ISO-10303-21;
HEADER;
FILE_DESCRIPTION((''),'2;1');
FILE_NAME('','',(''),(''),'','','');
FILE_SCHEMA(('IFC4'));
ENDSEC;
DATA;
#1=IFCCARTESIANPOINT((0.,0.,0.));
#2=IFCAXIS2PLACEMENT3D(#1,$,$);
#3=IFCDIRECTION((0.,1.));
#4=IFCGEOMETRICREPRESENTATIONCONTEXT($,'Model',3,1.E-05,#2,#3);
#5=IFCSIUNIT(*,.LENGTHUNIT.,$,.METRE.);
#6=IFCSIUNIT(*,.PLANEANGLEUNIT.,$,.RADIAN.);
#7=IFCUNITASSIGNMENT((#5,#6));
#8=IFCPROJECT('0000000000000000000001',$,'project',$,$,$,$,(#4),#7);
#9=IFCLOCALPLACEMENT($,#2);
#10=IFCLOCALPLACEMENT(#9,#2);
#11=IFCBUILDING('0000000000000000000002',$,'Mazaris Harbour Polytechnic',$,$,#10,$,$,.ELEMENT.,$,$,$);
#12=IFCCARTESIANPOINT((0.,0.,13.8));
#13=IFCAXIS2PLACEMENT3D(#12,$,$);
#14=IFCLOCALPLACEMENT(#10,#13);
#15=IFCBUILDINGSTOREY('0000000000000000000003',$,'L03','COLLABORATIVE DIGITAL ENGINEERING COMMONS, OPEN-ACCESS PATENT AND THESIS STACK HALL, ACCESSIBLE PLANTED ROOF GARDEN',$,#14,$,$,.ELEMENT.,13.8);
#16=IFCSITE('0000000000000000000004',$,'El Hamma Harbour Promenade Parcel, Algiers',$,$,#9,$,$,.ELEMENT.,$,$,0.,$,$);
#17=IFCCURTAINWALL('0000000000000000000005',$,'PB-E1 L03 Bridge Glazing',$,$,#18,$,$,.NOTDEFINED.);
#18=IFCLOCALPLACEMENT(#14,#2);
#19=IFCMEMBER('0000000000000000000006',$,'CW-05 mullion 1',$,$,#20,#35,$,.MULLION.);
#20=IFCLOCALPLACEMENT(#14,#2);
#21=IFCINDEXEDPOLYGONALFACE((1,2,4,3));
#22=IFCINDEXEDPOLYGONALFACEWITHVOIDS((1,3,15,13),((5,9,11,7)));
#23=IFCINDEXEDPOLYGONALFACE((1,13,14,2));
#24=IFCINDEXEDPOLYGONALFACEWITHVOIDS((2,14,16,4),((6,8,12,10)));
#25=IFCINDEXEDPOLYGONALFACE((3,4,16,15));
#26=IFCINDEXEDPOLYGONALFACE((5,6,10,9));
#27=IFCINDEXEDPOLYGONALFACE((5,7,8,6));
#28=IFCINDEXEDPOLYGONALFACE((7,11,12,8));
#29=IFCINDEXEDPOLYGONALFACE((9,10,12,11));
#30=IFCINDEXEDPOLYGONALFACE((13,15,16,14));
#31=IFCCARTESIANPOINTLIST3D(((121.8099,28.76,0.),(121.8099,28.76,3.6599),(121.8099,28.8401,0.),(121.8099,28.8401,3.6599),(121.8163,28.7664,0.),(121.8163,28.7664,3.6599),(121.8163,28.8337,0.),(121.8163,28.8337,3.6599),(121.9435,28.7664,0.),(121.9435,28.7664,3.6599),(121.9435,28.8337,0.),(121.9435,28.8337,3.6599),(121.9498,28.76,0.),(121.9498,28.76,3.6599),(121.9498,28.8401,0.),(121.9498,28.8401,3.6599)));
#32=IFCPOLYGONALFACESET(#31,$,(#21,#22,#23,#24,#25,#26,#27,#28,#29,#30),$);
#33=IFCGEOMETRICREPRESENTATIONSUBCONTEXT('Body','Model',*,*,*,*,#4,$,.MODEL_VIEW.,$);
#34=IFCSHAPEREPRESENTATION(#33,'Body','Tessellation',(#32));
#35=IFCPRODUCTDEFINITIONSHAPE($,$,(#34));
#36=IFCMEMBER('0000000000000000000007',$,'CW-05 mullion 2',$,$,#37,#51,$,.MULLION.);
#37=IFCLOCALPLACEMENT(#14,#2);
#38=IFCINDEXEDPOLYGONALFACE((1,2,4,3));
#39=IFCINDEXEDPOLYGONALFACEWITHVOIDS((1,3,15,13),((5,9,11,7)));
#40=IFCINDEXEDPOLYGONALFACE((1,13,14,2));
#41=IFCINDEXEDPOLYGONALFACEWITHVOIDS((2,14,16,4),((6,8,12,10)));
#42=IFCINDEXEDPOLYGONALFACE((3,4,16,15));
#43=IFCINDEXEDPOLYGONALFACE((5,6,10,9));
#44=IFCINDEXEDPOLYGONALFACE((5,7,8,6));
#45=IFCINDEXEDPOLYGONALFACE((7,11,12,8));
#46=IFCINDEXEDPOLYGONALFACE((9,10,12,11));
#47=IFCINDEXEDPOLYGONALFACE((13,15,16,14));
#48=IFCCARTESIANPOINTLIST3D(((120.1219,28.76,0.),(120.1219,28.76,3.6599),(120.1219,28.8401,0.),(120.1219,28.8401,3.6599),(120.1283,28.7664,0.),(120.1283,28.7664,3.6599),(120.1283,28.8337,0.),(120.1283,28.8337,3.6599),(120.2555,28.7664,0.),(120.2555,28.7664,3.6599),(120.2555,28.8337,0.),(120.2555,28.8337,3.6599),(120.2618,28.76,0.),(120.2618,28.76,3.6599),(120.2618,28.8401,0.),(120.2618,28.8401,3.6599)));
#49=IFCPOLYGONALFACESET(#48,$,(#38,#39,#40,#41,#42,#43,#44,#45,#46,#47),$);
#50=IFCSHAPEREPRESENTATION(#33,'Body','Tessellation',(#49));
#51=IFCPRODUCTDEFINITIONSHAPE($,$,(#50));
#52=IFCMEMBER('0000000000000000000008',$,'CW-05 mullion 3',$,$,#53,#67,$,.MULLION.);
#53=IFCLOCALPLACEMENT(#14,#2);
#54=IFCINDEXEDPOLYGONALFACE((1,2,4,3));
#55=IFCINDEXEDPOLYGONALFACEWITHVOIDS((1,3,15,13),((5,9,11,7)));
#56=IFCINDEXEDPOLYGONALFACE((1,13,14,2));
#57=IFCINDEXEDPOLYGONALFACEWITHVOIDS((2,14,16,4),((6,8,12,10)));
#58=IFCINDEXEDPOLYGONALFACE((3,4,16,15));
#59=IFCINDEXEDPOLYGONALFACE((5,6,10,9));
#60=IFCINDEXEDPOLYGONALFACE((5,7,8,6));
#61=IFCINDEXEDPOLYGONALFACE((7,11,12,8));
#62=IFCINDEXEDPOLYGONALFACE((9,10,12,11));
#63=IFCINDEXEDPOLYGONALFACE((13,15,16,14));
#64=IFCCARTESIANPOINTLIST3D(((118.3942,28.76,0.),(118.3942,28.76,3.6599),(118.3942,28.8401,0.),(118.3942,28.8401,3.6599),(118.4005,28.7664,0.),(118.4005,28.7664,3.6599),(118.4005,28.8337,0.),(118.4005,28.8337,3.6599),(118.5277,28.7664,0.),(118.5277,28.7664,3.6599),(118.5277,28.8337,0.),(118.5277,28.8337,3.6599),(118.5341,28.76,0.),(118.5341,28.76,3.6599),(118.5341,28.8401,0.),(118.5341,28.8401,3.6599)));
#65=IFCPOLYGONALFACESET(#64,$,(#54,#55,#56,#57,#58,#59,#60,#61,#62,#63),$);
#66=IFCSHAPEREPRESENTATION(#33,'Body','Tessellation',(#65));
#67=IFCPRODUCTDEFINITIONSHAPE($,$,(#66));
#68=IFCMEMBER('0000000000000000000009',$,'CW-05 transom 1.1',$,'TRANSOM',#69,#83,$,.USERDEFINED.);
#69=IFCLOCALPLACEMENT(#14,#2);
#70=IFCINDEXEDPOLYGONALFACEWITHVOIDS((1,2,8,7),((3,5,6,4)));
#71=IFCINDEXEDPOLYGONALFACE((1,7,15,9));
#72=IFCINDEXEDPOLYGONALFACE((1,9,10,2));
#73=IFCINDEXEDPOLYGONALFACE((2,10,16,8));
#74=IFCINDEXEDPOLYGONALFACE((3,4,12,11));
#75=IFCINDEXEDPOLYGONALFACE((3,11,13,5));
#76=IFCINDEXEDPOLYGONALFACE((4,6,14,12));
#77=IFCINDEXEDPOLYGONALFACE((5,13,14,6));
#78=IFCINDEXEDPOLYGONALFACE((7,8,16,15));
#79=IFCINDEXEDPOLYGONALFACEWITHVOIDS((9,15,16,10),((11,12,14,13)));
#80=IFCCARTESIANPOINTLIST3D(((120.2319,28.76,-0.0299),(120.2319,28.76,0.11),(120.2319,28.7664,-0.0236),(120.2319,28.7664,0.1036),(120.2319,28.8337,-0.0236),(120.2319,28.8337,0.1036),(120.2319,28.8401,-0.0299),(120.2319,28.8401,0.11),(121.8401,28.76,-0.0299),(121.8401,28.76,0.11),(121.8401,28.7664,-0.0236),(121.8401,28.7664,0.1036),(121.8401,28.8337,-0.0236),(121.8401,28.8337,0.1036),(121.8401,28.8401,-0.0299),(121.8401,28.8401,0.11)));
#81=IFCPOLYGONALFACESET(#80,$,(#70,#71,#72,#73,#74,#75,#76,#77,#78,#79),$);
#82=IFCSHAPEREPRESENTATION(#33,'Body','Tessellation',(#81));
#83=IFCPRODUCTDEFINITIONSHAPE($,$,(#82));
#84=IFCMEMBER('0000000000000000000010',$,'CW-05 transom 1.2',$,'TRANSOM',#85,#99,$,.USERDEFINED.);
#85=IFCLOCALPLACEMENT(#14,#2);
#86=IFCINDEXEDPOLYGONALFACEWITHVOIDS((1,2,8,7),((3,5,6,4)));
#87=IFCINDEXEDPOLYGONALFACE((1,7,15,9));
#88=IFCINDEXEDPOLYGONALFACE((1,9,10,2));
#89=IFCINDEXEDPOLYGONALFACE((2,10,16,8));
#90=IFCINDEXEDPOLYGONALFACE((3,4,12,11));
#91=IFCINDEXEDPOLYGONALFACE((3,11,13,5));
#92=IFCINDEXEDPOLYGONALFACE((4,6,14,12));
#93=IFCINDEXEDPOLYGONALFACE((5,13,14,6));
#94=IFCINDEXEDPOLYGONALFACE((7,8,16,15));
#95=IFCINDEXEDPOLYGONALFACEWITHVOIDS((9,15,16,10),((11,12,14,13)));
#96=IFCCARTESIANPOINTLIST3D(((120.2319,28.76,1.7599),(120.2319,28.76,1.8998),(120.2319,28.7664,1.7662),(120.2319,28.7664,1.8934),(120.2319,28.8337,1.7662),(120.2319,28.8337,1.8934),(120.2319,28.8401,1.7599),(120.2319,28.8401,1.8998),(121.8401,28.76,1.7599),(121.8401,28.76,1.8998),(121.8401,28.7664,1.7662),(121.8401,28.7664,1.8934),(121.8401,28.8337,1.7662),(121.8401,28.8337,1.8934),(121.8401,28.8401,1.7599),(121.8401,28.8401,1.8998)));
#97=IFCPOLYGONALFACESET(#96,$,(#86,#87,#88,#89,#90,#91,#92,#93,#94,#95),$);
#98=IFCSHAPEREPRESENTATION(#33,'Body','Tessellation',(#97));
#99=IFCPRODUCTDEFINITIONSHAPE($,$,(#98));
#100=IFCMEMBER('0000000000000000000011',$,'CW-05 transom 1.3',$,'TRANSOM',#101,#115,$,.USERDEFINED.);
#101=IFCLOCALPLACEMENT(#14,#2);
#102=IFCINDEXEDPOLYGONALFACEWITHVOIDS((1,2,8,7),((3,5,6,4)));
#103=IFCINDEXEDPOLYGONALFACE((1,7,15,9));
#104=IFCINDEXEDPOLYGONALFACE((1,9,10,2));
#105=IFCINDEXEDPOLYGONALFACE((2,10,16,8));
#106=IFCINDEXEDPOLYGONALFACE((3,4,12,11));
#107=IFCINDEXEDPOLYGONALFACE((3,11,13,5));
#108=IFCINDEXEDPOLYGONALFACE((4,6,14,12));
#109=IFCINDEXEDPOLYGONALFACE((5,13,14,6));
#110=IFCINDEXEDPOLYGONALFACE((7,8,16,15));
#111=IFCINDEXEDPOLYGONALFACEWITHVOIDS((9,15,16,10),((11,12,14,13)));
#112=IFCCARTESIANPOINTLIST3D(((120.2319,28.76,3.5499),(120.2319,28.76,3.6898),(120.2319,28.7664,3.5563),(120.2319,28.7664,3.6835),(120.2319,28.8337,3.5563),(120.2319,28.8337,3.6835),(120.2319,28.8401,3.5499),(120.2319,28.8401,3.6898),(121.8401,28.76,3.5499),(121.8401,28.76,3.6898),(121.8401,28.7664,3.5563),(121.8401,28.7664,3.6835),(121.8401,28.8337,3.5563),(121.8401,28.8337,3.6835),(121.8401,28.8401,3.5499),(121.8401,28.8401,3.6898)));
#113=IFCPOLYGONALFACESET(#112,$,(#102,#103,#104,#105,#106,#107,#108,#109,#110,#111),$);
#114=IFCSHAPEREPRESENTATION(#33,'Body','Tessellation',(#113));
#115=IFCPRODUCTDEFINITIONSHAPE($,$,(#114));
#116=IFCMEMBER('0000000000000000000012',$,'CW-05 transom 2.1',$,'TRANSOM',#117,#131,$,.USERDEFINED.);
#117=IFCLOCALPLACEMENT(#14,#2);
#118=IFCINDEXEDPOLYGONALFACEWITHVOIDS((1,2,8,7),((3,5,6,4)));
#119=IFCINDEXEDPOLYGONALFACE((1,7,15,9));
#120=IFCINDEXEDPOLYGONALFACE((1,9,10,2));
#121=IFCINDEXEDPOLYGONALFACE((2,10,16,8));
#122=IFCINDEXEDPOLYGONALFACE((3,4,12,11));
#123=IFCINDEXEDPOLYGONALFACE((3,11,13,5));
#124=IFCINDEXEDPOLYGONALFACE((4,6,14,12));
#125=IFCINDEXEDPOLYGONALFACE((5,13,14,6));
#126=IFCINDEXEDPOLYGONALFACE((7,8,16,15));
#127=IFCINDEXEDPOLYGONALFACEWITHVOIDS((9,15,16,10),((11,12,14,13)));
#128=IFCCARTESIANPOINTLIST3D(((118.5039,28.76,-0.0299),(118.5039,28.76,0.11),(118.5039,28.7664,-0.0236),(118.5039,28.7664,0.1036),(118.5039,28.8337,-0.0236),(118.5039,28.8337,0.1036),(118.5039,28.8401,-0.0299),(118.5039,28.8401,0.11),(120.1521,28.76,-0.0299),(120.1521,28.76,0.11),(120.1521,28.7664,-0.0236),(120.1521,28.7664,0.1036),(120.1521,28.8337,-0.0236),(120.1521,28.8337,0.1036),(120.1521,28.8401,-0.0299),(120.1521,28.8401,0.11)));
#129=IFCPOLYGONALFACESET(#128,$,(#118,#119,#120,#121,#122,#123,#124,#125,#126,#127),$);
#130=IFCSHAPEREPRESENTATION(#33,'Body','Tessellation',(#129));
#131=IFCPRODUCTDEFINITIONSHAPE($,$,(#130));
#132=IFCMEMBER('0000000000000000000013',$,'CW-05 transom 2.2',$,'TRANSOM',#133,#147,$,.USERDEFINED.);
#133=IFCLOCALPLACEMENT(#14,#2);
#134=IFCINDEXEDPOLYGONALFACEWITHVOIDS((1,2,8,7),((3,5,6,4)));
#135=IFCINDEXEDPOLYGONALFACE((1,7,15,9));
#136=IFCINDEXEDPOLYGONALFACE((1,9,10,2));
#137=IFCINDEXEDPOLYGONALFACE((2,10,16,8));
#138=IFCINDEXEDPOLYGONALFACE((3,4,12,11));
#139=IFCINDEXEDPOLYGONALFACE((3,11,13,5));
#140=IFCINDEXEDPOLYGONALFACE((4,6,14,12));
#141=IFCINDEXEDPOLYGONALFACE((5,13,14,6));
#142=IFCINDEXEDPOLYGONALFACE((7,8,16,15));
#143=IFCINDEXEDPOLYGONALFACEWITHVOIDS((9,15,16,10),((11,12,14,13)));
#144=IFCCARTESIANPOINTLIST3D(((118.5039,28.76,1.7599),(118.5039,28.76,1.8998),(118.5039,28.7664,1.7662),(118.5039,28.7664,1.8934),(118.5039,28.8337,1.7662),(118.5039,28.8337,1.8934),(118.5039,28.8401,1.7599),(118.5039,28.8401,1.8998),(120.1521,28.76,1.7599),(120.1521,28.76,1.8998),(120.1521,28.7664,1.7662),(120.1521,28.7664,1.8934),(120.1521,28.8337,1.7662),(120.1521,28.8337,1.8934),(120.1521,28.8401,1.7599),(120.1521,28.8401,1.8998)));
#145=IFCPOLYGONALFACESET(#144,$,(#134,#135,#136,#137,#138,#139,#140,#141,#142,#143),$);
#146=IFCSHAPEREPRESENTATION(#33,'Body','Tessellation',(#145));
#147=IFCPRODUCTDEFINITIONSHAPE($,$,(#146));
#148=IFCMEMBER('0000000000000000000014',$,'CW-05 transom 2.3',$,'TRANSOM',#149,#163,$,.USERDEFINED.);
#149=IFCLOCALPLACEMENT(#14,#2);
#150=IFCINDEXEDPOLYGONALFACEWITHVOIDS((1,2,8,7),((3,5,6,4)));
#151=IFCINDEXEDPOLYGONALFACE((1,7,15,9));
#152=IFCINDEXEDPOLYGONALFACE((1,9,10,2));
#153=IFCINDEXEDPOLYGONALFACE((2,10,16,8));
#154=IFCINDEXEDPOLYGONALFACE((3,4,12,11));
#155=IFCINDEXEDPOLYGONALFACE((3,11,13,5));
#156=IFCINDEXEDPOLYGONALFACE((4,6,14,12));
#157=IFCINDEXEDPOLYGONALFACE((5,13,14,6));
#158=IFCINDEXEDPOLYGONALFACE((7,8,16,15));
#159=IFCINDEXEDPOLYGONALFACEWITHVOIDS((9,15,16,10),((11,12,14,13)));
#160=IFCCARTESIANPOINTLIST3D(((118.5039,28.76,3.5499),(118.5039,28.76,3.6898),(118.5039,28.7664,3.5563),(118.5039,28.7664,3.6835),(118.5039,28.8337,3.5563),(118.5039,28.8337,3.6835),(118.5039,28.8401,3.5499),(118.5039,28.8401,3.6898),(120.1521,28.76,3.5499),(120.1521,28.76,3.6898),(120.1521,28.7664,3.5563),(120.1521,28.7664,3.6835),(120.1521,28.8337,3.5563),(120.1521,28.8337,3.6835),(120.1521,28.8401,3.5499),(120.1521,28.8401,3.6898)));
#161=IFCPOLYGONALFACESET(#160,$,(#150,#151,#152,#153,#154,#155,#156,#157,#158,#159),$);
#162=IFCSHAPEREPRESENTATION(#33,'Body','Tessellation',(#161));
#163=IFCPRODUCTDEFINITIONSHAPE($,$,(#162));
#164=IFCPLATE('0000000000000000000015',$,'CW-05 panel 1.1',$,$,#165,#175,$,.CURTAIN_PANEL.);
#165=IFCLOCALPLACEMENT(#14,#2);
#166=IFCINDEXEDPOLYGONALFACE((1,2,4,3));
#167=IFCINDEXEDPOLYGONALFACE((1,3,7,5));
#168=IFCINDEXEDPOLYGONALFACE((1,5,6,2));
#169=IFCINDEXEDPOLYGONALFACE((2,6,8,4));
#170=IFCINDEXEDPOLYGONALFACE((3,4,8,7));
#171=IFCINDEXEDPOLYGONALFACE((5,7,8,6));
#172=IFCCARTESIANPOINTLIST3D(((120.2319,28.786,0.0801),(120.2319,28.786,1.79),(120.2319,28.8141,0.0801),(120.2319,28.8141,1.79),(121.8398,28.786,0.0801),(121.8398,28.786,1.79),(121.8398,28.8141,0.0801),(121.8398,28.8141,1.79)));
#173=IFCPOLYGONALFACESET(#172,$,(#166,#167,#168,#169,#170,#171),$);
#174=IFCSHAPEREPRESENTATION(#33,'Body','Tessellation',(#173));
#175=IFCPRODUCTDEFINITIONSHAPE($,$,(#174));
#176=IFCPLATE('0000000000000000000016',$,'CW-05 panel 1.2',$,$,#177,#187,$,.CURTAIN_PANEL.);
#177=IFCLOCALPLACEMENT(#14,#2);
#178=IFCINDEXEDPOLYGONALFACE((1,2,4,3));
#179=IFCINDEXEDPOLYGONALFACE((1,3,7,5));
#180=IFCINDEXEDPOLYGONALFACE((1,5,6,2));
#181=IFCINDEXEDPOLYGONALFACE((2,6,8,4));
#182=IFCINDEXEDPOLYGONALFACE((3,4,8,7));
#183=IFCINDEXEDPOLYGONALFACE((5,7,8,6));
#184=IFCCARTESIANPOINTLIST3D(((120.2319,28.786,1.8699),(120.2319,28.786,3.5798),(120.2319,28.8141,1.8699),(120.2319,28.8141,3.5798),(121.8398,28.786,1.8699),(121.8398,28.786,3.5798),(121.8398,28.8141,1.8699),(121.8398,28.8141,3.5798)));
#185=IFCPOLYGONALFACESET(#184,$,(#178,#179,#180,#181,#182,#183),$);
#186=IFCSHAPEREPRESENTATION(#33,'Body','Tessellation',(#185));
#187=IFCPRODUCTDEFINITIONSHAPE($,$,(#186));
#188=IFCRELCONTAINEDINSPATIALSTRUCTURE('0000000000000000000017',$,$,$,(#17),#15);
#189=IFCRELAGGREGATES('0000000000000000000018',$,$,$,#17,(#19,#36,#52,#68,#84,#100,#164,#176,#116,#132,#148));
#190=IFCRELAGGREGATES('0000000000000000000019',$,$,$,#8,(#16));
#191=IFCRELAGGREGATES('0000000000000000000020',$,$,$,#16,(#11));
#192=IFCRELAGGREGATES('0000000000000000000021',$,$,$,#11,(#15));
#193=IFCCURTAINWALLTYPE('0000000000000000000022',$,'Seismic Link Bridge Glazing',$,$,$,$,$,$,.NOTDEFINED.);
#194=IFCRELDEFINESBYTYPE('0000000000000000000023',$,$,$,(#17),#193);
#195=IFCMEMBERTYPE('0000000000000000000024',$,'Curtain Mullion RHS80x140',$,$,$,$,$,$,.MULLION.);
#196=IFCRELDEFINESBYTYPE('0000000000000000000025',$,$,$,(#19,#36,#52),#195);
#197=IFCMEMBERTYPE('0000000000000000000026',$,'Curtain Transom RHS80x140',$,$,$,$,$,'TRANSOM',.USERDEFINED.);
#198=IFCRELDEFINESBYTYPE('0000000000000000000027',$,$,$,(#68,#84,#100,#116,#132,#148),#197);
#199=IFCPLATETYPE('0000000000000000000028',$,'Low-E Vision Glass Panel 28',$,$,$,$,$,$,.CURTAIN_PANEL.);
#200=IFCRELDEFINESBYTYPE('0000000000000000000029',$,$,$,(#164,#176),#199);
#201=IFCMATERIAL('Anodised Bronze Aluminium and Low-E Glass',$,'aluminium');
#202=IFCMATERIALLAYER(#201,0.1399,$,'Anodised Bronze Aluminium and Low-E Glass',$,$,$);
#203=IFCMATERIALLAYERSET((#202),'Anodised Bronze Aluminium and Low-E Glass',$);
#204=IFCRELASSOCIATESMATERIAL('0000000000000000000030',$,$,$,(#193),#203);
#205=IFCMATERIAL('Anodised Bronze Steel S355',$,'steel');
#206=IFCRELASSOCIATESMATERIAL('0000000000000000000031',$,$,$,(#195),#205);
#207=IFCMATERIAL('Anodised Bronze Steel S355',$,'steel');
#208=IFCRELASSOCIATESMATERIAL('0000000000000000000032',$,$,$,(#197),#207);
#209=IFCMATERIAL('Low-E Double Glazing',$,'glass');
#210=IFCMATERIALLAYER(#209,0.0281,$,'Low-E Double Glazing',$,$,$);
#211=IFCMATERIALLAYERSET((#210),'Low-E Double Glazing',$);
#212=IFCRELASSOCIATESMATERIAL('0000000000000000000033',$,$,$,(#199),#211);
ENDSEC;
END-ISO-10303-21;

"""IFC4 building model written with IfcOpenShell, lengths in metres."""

from ifc_helpers import new_model, si_unit, direction, frame, origin, origin_2d, place, context, subcontext, project, spatial, rectangle, hollow_rectangle, extrude, material, layer, layer_set, material_profile, profile_set, type_object, element, aggregate, save


model = new_model("IFC4")

# Units and contexts
model_context = context("Model", 3, precision=1e-05, world=origin(), true_north=direction((0.0, 1.0)))
body_context = subcontext(model_context, "Body", "Model", "MODEL_VIEW")
ifc_project = project(units=[si_unit("LENGTHUNIT", "METRE"), si_unit("PLANEANGLEUNIT", "RADIAN")], contexts=[model_context])

# Site, building, storey
site_placement = place(None, origin())
site = spatial("IfcSite", under=ifc_project, at=site_placement, Name="El Hamma Harbour Promenade Parcel, Algiers", CompositionType="ELEMENT", RefElevation=0.0)
building_placement = place(site_placement, origin())
building = spatial("IfcBuilding", under=site, at=building_placement, Name="Mazaris Harbour Polytechnic", CompositionType="ELEMENT")
storey_placement = place(building_placement, frame((0.0, 0.0, 13.8)))
storey = spatial("IfcBuildingStorey", under=building, at=storey_placement, Name="L03", Description="COLLABORATIVE DIGITAL ENGINEERING COMMONS, OPEN-ACCESS PATENT AND THESIS STACK HALL, ACCESSIBLE PLANTED ROOF GARDEN", CompositionType="ELEMENT", Elevation=13.8)

# Curtain wall, members, plates
ifc_material_1 = material(Name="Anodised Bronze Aluminium and Low-E Glass", Category="aluminium")
ifc_layer_1 = layer(ifc_material_1, 0.1399, Name="Anodised Bronze Aluminium and Low-E Glass")
ifc_layer_set_1 = layer_set([ifc_layer_1], Name="Anodised Bronze Aluminium and Low-E Glass")
curtain_wall_type = type_object("IfcCurtainWallType", Name="Seismic Link Bridge Glazing", PredefinedType="NOTDEFINED", material=ifc_layer_set_1)
curtain_wall_placement = place(storey_placement, origin())
curtain_wall = element("IfcCurtainWall", 1, at=curtain_wall_placement, inside=storey, type_object=curtain_wall_type, Name="PB-E1 L03 Bridge Glazing", PredefinedType="NOTDEFINED")
ifc_material_2 = material(Name="Anodised Bronze Steel S355", Category="steel")
ifc_material_profile_1 = material_profile(ifc_material_2, hollow_rectangle(XDim=0.0801, YDim=0.1399, WallThickness=0.0063, at=origin_2d()), Name="RHS 80x140x6.3")
ifc_profile_set_1 = profile_set([ifc_material_profile_1], Name="Anodised Bronze Steel S355")
member_type_1 = type_object("IfcMemberType", Name="Curtain Mullion RHS80x140", PredefinedType="MULLION", material=ifc_profile_set_1)
member_1_placement = place(storey_placement, frame((121.8799, 28.8, 0.0), z_axis=(0.0, 0.0, 1.0), x_axis=(0.0, -1.0, 0.0)))
member_1 = element("IfcMember", 2, at=member_1_placement, type_object=member_type_1, Name="CW-05 mullion 1", PredefinedType="MULLION", context=body_context, shape_type="SweptSolid", body=[
    extrude(hollow_rectangle(XDim=0.0801, YDim=0.1399, WallThickness=0.0063, at=origin_2d()), origin(), (0.0, 0.0, 1.0), 3.6599),
])
member_2_placement = place(storey_placement, frame((120.1919, 28.8, 0.0), z_axis=(0.0, 0.0, 1.0), x_axis=(0.0, -1.0, 0.0)))
member_2 = element("IfcMember", 3, at=member_2_placement, type_object=member_type_1, Name="CW-05 mullion 2", PredefinedType="MULLION", context=body_context, shape_type="SweptSolid", body=[
    extrude(hollow_rectangle(XDim=0.0801, YDim=0.1399, WallThickness=0.0063, at=origin_2d()), origin(), (0.0, 0.0, 1.0), 3.6599),
])
member_3_placement = place(storey_placement, frame((118.4641, 28.8, 0.0), z_axis=(0.0, 0.0, 1.0), x_axis=(0.0, -1.0, 0.0)))
member_3 = element("IfcMember", 4, at=member_3_placement, type_object=member_type_1, Name="CW-05 mullion 3", PredefinedType="MULLION", context=body_context, shape_type="SweptSolid", body=[
    extrude(hollow_rectangle(XDim=0.0801, YDim=0.1399, WallThickness=0.0063, at=origin_2d()), origin(), (0.0, 0.0, 1.0), 3.6599),
])
ifc_material_3 = material(Name="Anodised Bronze Steel S355", Category="steel")
ifc_material_profile_2 = material_profile(ifc_material_3, hollow_rectangle(XDim=0.0801, YDim=0.1399, WallThickness=0.0063, at=origin_2d()), Name="RHS 80x140x6.3")
ifc_profile_set_2 = profile_set([ifc_material_profile_2], Name="Anodised Bronze Steel S355")
member_type_2 = type_object("IfcMemberType", Name="Curtain Transom RHS80x140", ElementType="TRANSOM", PredefinedType="USERDEFINED", material=ifc_profile_set_2)
member_4_placement = place(storey_placement, frame((121.8401, 28.8, 0.04), z_axis=(-1.0, 0.0, 0.0), x_axis=(0.0, -1.0, 0.0)))
member_4 = element("IfcMember", 5, at=member_4_placement, type_object=member_type_2, Name="CW-05 transom 1.1", ObjectType="TRANSOM", PredefinedType="USERDEFINED", context=body_context, shape_type="SweptSolid", body=[
    extrude(hollow_rectangle(XDim=0.0801, YDim=0.1399, WallThickness=0.0063, at=origin_2d()), origin(), (0.0, 0.0, 1.0), 1.6082),
])
member_5_placement = place(storey_placement, frame((121.8401, 28.8, 1.8298), z_axis=(-1.0, 0.0, 0.0), x_axis=(0.0, -1.0, 0.0)))
member_5 = element("IfcMember", 6, at=member_5_placement, type_object=member_type_2, Name="CW-05 transom 1.2", ObjectType="TRANSOM", PredefinedType="USERDEFINED", context=body_context, shape_type="SweptSolid", body=[
    extrude(hollow_rectangle(XDim=0.0801, YDim=0.1399, WallThickness=0.0063, at=origin_2d()), origin(), (0.0, 0.0, 1.0), 1.6082),
])
member_6_placement = place(storey_placement, frame((121.8401, 28.8, 3.6199), z_axis=(-1.0, 0.0, 0.0), x_axis=(0.0, -1.0, 0.0)))
member_6 = element("IfcMember", 7, at=member_6_placement, type_object=member_type_2, Name="CW-05 transom 1.3", ObjectType="TRANSOM", PredefinedType="USERDEFINED", context=body_context, shape_type="SweptSolid", body=[
    extrude(hollow_rectangle(XDim=0.0801, YDim=0.1399, WallThickness=0.0063, at=origin_2d()), origin(), (0.0, 0.0, 1.0), 1.6082),
])
member_7_placement = place(storey_placement, frame((120.1521, 28.8, 0.04), z_axis=(-1.0, 0.0, 0.0), x_axis=(0.0, -1.0, 0.0)))
member_7 = element("IfcMember", 8, at=member_7_placement, type_object=member_type_2, Name="CW-05 transom 2.1", ObjectType="TRANSOM", PredefinedType="USERDEFINED", context=body_context, shape_type="SweptSolid", body=[
    extrude(hollow_rectangle(XDim=0.0801, YDim=0.1399, WallThickness=0.0063, at=origin_2d()), origin(), (0.0, 0.0, 1.0), 1.6482),
])
member_8_placement = place(storey_placement, frame((120.1521, 28.8, 1.8298), z_axis=(-1.0, 0.0, 0.0), x_axis=(0.0, -1.0, 0.0)))
member_8 = element("IfcMember", 9, at=member_8_placement, type_object=member_type_2, Name="CW-05 transom 2.2", ObjectType="TRANSOM", PredefinedType="USERDEFINED", context=body_context, shape_type="SweptSolid", body=[
    extrude(hollow_rectangle(XDim=0.0801, YDim=0.1399, WallThickness=0.0063, at=origin_2d()), origin(), (0.0, 0.0, 1.0), 1.6482),
])
member_9_placement = place(storey_placement, frame((120.1521, 28.8, 3.6199), z_axis=(-1.0, 0.0, 0.0), x_axis=(0.0, -1.0, 0.0)))
member_9 = element("IfcMember", 10, at=member_9_placement, type_object=member_type_2, Name="CW-05 transom 2.3", ObjectType="TRANSOM", PredefinedType="USERDEFINED", context=body_context, shape_type="SweptSolid", body=[
    extrude(hollow_rectangle(XDim=0.0801, YDim=0.1399, WallThickness=0.0063, at=origin_2d()), origin(), (0.0, 0.0, 1.0), 1.6482),
])
ifc_material_4 = material(Name="Low-E Double Glazing", Category="glass")
ifc_layer_2 = layer(ifc_material_4, 0.0281, Name="Low-E Double Glazing")
ifc_layer_set_2 = layer_set([ifc_layer_2], Name="Low-E Double Glazing")
plate_type = type_object("IfcPlateType", Name="Low-E Vision Glass Panel 28", PredefinedType="CURTAIN_PANEL", material=ifc_layer_set_2)
plate_1_placement = place(storey_placement, frame((121.0359, 28.8, 0.0801), z_axis=(0.0, 0.0, 1.0), x_axis=(-1.0, 0.0, 0.0)))
plate_1 = element("IfcPlate", 11, at=plate_1_placement, type_object=plate_type, Name="CW-05 panel 1.1", PredefinedType="CURTAIN_PANEL", context=body_context, shape_type="SweptSolid", body=[
    extrude(rectangle(XDim=1.6079, YDim=0.0281, at=origin_2d()), origin(), (0.0, 0.0, 1.0), 1.71),
])
plate_2_placement = place(storey_placement, frame((121.0359, 28.8, 1.8699), z_axis=(0.0, 0.0, 1.0), x_axis=(-1.0, 0.0, 0.0)))
plate_2 = element("IfcPlate", 12, at=plate_2_placement, type_object=plate_type, Name="CW-05 panel 1.2", PredefinedType="CURTAIN_PANEL", context=body_context, shape_type="SweptSolid", body=[
    extrude(rectangle(XDim=1.6079, YDim=0.0281, at=origin_2d()), origin(), (0.0, 0.0, 1.0), 1.71),
])
aggregate(curtain_wall, [member_1, member_2, member_3, member_4, member_5, member_6, plate_1, plate_2, member_7, member_8, member_9])

save(model, "model.ifc")
